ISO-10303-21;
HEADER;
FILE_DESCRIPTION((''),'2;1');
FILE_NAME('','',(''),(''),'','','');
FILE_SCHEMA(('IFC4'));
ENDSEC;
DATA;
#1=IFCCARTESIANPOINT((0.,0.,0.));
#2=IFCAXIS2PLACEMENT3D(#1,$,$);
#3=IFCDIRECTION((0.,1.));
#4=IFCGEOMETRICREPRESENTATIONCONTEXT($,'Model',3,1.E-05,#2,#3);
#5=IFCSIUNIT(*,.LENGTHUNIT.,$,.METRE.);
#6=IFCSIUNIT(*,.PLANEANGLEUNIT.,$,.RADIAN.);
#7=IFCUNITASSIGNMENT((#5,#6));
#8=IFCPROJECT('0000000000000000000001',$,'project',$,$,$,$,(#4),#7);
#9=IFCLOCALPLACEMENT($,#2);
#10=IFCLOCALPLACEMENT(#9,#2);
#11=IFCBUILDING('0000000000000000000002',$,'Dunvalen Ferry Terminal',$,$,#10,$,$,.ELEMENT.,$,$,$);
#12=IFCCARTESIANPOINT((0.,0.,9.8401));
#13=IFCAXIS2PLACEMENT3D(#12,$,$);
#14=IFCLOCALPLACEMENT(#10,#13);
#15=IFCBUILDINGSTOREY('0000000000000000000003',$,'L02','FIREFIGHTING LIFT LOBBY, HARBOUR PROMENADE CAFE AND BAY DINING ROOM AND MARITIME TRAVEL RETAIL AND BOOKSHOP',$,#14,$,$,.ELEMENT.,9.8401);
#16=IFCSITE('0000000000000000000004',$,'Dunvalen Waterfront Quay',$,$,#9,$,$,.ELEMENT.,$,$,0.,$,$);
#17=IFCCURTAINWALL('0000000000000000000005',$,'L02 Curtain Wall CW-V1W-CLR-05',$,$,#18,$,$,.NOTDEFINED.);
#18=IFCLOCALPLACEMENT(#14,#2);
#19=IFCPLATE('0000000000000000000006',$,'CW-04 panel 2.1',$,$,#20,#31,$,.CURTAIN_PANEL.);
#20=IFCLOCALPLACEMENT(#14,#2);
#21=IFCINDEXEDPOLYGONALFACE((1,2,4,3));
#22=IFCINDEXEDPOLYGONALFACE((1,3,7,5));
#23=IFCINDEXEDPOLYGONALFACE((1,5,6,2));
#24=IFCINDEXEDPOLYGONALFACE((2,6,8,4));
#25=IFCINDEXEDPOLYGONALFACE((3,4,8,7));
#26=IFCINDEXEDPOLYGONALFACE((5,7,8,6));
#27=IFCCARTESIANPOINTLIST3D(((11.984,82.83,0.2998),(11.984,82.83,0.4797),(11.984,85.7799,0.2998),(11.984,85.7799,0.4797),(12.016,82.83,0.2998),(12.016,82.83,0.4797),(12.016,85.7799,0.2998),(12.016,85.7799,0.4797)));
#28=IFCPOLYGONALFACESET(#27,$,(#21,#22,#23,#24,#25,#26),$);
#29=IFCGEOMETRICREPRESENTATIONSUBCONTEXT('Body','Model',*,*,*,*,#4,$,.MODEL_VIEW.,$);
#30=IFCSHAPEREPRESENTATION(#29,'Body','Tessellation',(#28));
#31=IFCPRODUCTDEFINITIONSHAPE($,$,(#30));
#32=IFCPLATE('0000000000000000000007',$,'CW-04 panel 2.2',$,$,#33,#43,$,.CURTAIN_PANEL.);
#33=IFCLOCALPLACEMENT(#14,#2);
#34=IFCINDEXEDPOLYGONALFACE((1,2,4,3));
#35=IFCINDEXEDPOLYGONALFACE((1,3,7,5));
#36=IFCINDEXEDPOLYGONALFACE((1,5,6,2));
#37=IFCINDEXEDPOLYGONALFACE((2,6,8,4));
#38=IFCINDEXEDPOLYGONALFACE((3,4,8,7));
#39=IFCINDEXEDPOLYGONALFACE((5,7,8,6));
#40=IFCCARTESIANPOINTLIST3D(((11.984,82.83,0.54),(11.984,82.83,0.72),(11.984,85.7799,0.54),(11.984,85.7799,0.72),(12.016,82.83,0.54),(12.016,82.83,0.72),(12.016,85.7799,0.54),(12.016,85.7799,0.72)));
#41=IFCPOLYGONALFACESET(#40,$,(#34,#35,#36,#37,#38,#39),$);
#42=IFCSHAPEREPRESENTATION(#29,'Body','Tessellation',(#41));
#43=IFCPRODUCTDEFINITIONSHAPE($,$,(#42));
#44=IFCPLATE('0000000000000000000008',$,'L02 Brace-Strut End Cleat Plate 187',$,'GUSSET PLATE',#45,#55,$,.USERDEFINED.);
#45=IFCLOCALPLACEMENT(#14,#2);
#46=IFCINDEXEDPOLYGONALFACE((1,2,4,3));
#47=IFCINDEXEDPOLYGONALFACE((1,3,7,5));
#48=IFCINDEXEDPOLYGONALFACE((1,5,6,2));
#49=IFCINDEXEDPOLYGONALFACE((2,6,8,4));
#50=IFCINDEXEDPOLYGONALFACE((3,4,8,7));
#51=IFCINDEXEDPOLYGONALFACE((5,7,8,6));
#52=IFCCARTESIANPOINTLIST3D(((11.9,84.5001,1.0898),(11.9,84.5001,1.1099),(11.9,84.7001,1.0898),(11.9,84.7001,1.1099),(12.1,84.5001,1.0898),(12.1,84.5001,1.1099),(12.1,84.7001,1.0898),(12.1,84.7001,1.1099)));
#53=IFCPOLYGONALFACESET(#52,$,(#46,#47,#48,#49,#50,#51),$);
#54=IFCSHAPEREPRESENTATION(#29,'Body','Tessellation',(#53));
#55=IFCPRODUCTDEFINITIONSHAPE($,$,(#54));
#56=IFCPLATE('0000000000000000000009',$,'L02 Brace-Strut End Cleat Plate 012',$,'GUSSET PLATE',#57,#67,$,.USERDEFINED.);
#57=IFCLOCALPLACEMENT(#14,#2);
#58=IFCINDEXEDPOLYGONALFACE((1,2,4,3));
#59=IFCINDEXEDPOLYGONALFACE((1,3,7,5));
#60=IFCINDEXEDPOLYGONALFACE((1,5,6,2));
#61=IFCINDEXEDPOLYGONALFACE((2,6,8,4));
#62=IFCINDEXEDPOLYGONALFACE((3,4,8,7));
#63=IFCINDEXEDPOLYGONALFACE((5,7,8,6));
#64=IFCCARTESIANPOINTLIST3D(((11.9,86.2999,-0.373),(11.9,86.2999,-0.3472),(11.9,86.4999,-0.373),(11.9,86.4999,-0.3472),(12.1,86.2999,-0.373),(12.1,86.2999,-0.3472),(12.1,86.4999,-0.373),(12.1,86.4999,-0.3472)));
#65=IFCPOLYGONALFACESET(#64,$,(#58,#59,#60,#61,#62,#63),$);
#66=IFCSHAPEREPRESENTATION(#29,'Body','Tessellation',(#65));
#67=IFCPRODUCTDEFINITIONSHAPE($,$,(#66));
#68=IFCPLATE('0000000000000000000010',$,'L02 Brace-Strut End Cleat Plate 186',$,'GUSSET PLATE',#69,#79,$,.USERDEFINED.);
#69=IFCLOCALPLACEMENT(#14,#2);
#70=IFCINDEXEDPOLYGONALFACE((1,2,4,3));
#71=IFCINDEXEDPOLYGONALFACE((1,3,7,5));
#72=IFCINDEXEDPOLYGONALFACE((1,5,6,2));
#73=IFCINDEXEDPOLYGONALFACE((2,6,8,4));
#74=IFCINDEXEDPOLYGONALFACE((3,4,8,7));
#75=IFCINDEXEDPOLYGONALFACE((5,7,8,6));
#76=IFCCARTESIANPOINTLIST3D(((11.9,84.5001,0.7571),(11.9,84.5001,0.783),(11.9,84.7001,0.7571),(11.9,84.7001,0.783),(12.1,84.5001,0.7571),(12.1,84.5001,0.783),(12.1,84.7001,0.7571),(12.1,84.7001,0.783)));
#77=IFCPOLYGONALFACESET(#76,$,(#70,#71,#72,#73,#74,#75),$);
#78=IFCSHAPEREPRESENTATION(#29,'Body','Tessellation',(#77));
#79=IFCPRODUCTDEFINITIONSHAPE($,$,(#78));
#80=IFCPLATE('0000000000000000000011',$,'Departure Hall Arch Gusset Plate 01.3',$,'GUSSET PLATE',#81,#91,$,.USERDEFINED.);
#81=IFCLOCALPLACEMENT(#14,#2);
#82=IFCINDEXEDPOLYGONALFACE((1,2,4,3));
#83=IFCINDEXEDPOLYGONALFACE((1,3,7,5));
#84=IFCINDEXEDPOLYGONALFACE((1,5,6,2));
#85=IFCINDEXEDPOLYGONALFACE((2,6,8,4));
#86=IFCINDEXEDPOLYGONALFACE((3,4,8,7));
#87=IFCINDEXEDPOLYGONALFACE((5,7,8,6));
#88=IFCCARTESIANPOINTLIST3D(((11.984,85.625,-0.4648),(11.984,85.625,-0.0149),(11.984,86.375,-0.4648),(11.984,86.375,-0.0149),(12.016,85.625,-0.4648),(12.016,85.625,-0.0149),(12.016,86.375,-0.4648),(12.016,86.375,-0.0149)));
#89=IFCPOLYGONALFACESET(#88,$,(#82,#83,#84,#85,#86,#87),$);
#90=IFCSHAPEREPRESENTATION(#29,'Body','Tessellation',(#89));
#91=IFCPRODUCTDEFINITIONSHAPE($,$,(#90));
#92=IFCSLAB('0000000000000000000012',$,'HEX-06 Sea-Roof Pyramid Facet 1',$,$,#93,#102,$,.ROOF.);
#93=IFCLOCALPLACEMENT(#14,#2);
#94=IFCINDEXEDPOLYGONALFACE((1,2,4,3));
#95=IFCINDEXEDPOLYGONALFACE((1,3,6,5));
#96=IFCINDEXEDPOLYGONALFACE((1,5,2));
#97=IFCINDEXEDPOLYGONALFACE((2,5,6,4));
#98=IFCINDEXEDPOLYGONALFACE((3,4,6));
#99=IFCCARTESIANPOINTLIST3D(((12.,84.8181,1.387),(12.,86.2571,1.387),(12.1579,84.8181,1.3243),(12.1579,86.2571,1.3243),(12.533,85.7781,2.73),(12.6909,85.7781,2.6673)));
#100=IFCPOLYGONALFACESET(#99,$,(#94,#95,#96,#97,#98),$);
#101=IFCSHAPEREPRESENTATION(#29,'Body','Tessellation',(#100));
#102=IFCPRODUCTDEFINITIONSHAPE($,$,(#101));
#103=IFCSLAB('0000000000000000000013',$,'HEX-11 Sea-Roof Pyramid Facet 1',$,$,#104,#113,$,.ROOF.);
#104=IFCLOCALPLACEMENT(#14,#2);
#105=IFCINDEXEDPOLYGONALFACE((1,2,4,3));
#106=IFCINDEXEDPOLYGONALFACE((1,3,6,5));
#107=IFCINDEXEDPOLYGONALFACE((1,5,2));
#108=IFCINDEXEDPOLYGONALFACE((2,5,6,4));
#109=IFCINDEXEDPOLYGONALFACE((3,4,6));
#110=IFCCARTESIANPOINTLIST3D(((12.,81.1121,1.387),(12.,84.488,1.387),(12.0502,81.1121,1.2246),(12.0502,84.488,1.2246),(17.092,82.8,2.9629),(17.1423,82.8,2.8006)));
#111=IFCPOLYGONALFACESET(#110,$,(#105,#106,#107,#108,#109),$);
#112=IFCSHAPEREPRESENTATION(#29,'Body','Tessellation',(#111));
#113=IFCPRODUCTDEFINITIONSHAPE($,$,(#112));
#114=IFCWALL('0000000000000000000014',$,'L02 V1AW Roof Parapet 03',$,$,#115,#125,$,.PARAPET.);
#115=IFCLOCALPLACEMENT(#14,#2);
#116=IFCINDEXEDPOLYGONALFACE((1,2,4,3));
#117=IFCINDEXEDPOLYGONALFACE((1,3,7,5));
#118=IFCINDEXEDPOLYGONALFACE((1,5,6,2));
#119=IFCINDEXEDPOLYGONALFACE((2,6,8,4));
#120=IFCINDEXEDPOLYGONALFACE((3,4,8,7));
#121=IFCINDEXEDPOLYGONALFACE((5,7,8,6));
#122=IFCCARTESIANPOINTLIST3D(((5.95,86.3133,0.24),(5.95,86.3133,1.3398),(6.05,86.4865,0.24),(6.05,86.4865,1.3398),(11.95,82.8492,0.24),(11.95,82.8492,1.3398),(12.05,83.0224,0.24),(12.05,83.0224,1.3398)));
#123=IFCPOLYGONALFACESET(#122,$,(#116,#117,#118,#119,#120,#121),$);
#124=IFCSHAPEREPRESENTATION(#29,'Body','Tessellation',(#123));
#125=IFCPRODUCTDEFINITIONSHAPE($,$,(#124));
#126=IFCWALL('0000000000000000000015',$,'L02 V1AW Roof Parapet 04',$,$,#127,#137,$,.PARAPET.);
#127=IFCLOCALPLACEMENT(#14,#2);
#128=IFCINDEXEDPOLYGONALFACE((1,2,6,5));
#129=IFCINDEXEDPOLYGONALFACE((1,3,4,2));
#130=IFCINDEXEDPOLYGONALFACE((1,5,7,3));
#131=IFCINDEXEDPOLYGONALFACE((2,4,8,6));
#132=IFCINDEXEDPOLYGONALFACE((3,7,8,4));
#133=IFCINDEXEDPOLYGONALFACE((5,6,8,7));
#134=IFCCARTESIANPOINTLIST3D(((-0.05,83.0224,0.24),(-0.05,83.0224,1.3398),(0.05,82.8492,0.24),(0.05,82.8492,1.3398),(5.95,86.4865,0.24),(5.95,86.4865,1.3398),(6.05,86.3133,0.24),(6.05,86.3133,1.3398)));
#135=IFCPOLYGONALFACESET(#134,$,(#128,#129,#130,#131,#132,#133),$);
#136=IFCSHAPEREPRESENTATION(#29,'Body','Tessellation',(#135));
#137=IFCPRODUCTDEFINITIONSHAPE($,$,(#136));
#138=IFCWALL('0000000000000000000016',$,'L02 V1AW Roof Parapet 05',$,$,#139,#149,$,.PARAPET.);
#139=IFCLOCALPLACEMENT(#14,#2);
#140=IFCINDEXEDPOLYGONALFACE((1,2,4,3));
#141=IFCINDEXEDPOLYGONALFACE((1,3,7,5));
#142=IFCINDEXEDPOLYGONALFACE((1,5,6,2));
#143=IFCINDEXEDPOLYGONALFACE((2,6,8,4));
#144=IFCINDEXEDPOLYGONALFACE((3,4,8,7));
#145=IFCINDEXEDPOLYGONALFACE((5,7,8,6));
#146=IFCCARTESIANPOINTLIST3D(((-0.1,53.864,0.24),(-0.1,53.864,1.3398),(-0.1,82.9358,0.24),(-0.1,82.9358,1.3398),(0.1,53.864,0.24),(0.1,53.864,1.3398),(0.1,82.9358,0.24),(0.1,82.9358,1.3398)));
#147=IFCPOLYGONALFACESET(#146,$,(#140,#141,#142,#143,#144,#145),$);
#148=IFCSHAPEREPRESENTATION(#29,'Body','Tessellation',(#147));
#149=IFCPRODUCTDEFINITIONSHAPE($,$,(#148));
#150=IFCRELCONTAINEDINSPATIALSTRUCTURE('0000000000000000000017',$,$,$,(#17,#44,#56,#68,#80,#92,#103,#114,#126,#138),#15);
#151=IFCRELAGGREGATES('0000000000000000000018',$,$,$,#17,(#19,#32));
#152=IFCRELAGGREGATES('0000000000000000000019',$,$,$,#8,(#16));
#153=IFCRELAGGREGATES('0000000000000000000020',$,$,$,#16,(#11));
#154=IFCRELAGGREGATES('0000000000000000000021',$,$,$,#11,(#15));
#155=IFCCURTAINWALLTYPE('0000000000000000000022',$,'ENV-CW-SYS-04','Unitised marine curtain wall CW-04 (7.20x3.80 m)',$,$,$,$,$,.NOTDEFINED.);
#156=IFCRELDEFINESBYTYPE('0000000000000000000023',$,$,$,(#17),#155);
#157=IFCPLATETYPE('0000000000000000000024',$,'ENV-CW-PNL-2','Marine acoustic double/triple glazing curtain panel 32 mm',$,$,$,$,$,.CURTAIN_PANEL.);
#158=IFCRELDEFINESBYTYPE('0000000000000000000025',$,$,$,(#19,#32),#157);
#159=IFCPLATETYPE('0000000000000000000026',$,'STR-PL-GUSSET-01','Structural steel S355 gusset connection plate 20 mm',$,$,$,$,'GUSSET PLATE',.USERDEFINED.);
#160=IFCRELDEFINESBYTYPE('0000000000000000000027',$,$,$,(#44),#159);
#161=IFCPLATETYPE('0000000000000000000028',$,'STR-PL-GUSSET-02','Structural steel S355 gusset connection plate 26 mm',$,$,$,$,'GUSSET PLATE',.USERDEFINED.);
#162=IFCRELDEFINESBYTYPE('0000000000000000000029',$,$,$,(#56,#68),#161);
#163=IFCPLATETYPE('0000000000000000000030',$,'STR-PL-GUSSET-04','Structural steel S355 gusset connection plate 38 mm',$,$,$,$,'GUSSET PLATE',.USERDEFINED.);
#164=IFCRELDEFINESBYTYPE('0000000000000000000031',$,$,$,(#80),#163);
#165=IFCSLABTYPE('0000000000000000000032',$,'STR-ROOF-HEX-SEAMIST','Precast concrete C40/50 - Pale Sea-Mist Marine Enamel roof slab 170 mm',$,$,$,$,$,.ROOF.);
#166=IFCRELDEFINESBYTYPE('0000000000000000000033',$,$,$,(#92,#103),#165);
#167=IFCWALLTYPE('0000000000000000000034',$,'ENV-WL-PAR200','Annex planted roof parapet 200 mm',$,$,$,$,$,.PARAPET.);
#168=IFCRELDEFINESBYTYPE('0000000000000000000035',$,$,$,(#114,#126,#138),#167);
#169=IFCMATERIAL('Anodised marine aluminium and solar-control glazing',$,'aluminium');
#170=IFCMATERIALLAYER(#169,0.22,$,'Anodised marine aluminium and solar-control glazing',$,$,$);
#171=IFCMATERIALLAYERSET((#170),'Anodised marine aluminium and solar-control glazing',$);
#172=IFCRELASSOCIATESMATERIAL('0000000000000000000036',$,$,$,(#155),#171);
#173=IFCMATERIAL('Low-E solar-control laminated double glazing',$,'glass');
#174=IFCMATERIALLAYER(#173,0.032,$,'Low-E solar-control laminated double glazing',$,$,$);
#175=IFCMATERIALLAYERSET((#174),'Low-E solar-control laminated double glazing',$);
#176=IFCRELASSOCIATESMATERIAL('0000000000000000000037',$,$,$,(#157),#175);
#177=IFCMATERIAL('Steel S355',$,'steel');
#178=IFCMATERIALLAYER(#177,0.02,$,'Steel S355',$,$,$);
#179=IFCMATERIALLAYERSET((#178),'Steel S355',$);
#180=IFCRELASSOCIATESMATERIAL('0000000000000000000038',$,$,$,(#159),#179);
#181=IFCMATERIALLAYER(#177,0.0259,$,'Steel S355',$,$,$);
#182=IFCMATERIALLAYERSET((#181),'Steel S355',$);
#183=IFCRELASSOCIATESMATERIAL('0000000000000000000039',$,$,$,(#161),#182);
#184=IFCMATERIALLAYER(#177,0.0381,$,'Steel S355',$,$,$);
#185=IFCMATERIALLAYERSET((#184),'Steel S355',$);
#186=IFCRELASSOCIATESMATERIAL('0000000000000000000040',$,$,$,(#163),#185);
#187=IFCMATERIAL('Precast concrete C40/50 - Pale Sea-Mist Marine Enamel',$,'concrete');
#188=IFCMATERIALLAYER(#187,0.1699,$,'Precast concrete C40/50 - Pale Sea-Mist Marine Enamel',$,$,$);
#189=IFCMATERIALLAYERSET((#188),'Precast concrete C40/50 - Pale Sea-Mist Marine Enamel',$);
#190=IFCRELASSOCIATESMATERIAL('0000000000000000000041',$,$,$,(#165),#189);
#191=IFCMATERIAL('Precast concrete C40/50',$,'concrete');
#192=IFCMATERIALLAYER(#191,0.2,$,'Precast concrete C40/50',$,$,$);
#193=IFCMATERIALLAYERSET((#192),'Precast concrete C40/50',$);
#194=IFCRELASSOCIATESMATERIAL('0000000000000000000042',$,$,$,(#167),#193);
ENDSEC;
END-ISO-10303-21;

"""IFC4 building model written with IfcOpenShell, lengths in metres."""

from ifc_helpers import new_model, si_unit, direction, frame, frame_2d, origin, origin_2d, place, context, subcontext, project, spatial, polyline, rectangle, outline, extrude, material, layer, layer_set, type_object, element, aggregate, save


model = new_model("IFC4")

# Units and contexts
model_context = context("Model", 3, precision=1e-05, world=origin(), true_north=direction((0.0, 1.0)))
body_context = subcontext(model_context, "Body", "Model", "MODEL_VIEW")
ifc_project = project(units=[si_unit("LENGTHUNIT", "METRE"), si_unit("PLANEANGLEUNIT", "RADIAN")], contexts=[model_context])

# Site, building, storey
site_placement = place(None, origin())
site = spatial("IfcSite", under=ifc_project, at=site_placement, Name="Dunvalen Waterfront Quay", CompositionType="ELEMENT", RefElevation=0.0)
building_placement = place(site_placement, origin())
building = spatial("IfcBuilding", under=site, at=building_placement, Name="Dunvalen Ferry Terminal", CompositionType="ELEMENT")
storey_placement = place(building_placement, frame((0.0, 0.0, 9.8401)))
storey = spatial("IfcBuildingStorey", under=building, at=storey_placement, Name="L02", Description="FIREFIGHTING LIFT LOBBY, HARBOUR PROMENADE CAFE AND BAY DINING ROOM AND MARITIME TRAVEL RETAIL AND BOOKSHOP", CompositionType="ELEMENT", Elevation=9.8401)

# Curtain wall
ifc_material_1 = material(Name="Anodised marine aluminium and solar-control glazing", Category="aluminium")
ifc_layer_1 = layer(ifc_material_1, 0.22, Name="Anodised marine aluminium and solar-control glazing")
ifc_layer_set_1 = layer_set([ifc_layer_1], Name="Anodised marine aluminium and solar-control glazing")
curtain_wall_type = type_object("IfcCurtainWallType", Name="ENV-CW-SYS-04", Description="Unitised marine curtain wall CW-04 (7.20x3.80 m)", PredefinedType="NOTDEFINED", material=ifc_layer_set_1)
curtain_wall_placement = place(storey_placement, origin())
curtain_wall = element("IfcCurtainWall", 1, at=curtain_wall_placement, inside=storey, type_object=curtain_wall_type, Name="L02 Curtain Wall CW-V1W-CLR-05", PredefinedType="NOTDEFINED")

# Shared definitions
ifc_material_2 = material(Name="Steel S355", Category="steel")

# Plates
ifc_material_3 = material(Name="Low-E solar-control laminated double glazing", Category="glass")
ifc_layer_2 = layer(ifc_material_3, 0.032, Name="Low-E solar-control laminated double glazing")
ifc_layer_set_2 = layer_set([ifc_layer_2], Name="Low-E solar-control laminated double glazing")
plate_type_1 = type_object("IfcPlateType", Name="ENV-CW-PNL-2", Description="Marine acoustic double/triple glazing curtain panel 32 mm", PredefinedType="CURTAIN_PANEL", material=ifc_layer_set_2)
plate_1_placement = place(storey_placement, frame((12.0, 84.3049, 0.2998), z_axis=(0.0, 0.0, 1.0), x_axis=(0.0, 1.0, 0.0)))
plate_1 = element("IfcPlate", 2, at=plate_1_placement, type_object=plate_type_1, Name="CW-04 panel 2.1", PredefinedType="CURTAIN_PANEL", context=body_context, shape_type="SweptSolid", body=[
    extrude(rectangle(XDim=2.95, YDim=0.032, at=origin_2d()), origin(), (0.0, 0.0, 1.0), 0.1799),
])
plate_2_placement = place(storey_placement, frame((12.0, 84.3049, 0.54), z_axis=(0.0, 0.0, 1.0), x_axis=(0.0, 1.0, 0.0)))
plate_2 = element("IfcPlate", 3, at=plate_2_placement, type_object=plate_type_1, Name="CW-04 panel 2.2", PredefinedType="CURTAIN_PANEL", context=body_context, shape_type="SweptSolid", body=[
    extrude(rectangle(XDim=2.95, YDim=0.032, at=origin_2d()), origin(), (0.0, 0.0, 1.0), 0.1799),
])
aggregate(curtain_wall, [plate_1, plate_2])

# Plates
ifc_layer_3 = layer(ifc_material_2, 0.02, Name="Steel S355")
ifc_layer_set_3 = layer_set([ifc_layer_3], Name="Steel S355")
plate_type_2 = type_object("IfcPlateType", Name="STR-PL-GUSSET-01", Description="Structural steel S355 gusset connection plate 20 mm", ElementType="GUSSET PLATE", PredefinedType="USERDEFINED", material=ifc_layer_set_3)
plate_3_placement = place(storey_placement, frame((12.0, 84.6001, 1.0898), z_axis=(0.0, 0.0, 1.0), x_axis=(1.0, 0.0, 0.0)))
element("IfcPlate", 4, at=plate_3_placement, inside=storey, type_object=plate_type_2, Name="L02 Brace-Strut End Cleat Plate 187", ObjectType="GUSSET PLATE", PredefinedType="USERDEFINED", context=body_context, shape_type="SweptSolid", body=[
    extrude(rectangle(XDim=0.2, YDim=0.2, at=origin_2d()), origin(), (0.0, 0.0, 1.0), 0.02),
])
ifc_layer_4 = layer(ifc_material_2, 0.0259, Name="Steel S355")
ifc_layer_set_4 = layer_set([ifc_layer_4], Name="Steel S355")
plate_type_3 = type_object("IfcPlateType", Name="STR-PL-GUSSET-02", Description="Structural steel S355 gusset connection plate 26 mm", ElementType="GUSSET PLATE", PredefinedType="USERDEFINED", material=ifc_layer_set_4)
for number, where, z_axis, x_axis, name in (
    (5, (12.0, 86.3999, -0.373), (0.0, 0.0, 1.0), (1.0, 0.0, 0.0), "L02 Brace-Strut End Cleat Plate 012"),
    (6, (12.0, 84.6001, 0.7571), (0.0, 0.0, 1.0), (1.0, 0.0, 0.0), "L02 Brace-Strut End Cleat Plate 186"),
):
    element("IfcPlate", number, at=place(storey_placement, frame(where, z_axis=z_axis, x_axis=x_axis)), inside=storey, type_object=plate_type_3, Name=name, ObjectType="GUSSET PLATE", PredefinedType="USERDEFINED", context=body_context, shape_type="SweptSolid", body=[
        extrude(rectangle(XDim=0.2, YDim=0.2, at=origin_2d()), origin(), (0.0, 0.0, 1.0), 0.0259),
    ])
ifc_layer_5 = layer(ifc_material_2, 0.0381, Name="Steel S355")
ifc_layer_set_5 = layer_set([ifc_layer_5], Name="Steel S355")
plate_type_4 = type_object("IfcPlateType", Name="STR-PL-GUSSET-04", Description="Structural steel S355 gusset connection plate 38 mm", ElementType="GUSSET PLATE", PredefinedType="USERDEFINED", material=ifc_layer_set_5)
plate_4_placement = place(storey_placement, frame((12.0, 86.0, -0.4648), z_axis=(0.0, 0.0, 1.0), x_axis=(1.0, 0.0, 0.0)))
element("IfcPlate", 7, at=plate_4_placement, inside=storey, type_object=plate_type_4, Name="Departure Hall Arch Gusset Plate 01.3", ObjectType="GUSSET PLATE", PredefinedType="USERDEFINED", context=body_context, shape_type="SweptSolid", body=[
    extrude(rectangle(XDim=0.032, YDim=0.75, at=origin_2d()), origin(), (0.0, 0.0, 1.0), 0.45),
])

# Slabs
ifc_material_4 = material(Name="Precast concrete C40/50 - Pale Sea-Mist Marine Enamel", Category="concrete")
ifc_layer_6 = layer(ifc_material_4, 0.1699, Name="Precast concrete C40/50 - Pale Sea-Mist Marine Enamel")
ifc_layer_set_6 = layer_set([ifc_layer_6], Name="Precast concrete C40/50 - Pale Sea-Mist Marine Enamel")
slab_type = type_object("IfcSlabType", Name="STR-ROOF-HEX-SEAMIST", Description="Precast concrete C40/50 - Pale Sea-Mist Marine Enamel roof slab 170 mm", PredefinedType="ROOF", material=ifc_layer_set_6)
slab_1_placement = place(storey_placement, frame((12.0, 86.2571, 1.387), z_axis=(-0.929487, 0.0, 0.368855), x_axis=(0.0, -1.0, 0.0)))
element("IfcSlab", 8, at=slab_1_placement, inside=storey, type_object=slab_type, Name="HEX-06 Sea-Roof Pyramid Facet 1", PredefinedType="ROOF", context=body_context, shape_type="SweptSolid", body=[
    extrude(outline(polyline([(0.0, 0.0), (1.439, 0.0), (0.479, 1.4449), (0.0, 0.0)])), origin(), (0.0, 0.0, -1.0), 0.1699),
])
slab_2_placement = place(storey_placement, frame((12.0, 84.488, 1.387), z_axis=(-0.295653, 0.0, 0.955295), x_axis=(0.0, -1.0, 0.0)))
element("IfcSlab", 9, at=slab_2_placement, inside=storey, type_object=slab_type, Name="HEX-11 Sea-Roof Pyramid Facet 1", PredefinedType="ROOF", context=body_context, shape_type="SweptSolid", body=[
    extrude(outline(polyline([(0.0, 0.0), (3.376, 0.0), (1.688, 5.3303), (0.0, 0.0)])), origin(), (0.0, 0.0, -1.0), 0.1699),
])

# Walls
ifc_material_5 = material(Name="Precast concrete C40/50", Category="concrete")
ifc_layer_7 = layer(ifc_material_5, 0.2, Name="Precast concrete C40/50")
ifc_layer_set_7 = layer_set([ifc_layer_7], Name="Precast concrete C40/50")
wall_type = type_object("IfcWallType", Name="ENV-WL-PAR200", Description="Annex planted roof parapet 200 mm", PredefinedType="PARAPET", material=ifc_layer_set_7)
for number, where, z_axis, x_axis, name in (
    (10, (12.0, 82.9358, 0.24), (0.0, 0.0, 1.0), (-0.866025, 0.500001, 0.0), "L02 V1AW Roof Parapet 03"),
    (11, (6.0, 86.3999, 0.24), (0.0, 0.0, 1.0), (-0.866025, -0.500001, 0.0), "L02 V1AW Roof Parapet 04"),
):
    element("IfcWall", number, at=place(storey_placement, frame(where, z_axis=z_axis, x_axis=x_axis)), inside=storey, type_object=wall_type, Name=name, PredefinedType="PARAPET", context=body_context, shape_type="SweptSolid", body=[
        extrude(rectangle(XDim=6.9282, YDim=0.2, at=frame_2d((3.4641, 0.0))), origin(), (0.0, 0.0, 1.0), 1.0999),
    ])
wall_placement = place(storey_placement, frame((0.0, 82.9358, 0.24), z_axis=(0.0, 0.0, 1.0), x_axis=(0.0, -1.0, 0.0)))
element("IfcWall", 12, at=wall_placement, inside=storey, type_object=wall_type, Name="L02 V1AW Roof Parapet 05", PredefinedType="PARAPET", context=body_context, shape_type="SweptSolid", body=[
    extrude(rectangle(XDim=29.0718, YDim=0.2, at=frame_2d((14.5359, 0.0))), origin(), (0.0, 0.0, 1.0), 1.0999),
])

save(model, "model.ifc")
